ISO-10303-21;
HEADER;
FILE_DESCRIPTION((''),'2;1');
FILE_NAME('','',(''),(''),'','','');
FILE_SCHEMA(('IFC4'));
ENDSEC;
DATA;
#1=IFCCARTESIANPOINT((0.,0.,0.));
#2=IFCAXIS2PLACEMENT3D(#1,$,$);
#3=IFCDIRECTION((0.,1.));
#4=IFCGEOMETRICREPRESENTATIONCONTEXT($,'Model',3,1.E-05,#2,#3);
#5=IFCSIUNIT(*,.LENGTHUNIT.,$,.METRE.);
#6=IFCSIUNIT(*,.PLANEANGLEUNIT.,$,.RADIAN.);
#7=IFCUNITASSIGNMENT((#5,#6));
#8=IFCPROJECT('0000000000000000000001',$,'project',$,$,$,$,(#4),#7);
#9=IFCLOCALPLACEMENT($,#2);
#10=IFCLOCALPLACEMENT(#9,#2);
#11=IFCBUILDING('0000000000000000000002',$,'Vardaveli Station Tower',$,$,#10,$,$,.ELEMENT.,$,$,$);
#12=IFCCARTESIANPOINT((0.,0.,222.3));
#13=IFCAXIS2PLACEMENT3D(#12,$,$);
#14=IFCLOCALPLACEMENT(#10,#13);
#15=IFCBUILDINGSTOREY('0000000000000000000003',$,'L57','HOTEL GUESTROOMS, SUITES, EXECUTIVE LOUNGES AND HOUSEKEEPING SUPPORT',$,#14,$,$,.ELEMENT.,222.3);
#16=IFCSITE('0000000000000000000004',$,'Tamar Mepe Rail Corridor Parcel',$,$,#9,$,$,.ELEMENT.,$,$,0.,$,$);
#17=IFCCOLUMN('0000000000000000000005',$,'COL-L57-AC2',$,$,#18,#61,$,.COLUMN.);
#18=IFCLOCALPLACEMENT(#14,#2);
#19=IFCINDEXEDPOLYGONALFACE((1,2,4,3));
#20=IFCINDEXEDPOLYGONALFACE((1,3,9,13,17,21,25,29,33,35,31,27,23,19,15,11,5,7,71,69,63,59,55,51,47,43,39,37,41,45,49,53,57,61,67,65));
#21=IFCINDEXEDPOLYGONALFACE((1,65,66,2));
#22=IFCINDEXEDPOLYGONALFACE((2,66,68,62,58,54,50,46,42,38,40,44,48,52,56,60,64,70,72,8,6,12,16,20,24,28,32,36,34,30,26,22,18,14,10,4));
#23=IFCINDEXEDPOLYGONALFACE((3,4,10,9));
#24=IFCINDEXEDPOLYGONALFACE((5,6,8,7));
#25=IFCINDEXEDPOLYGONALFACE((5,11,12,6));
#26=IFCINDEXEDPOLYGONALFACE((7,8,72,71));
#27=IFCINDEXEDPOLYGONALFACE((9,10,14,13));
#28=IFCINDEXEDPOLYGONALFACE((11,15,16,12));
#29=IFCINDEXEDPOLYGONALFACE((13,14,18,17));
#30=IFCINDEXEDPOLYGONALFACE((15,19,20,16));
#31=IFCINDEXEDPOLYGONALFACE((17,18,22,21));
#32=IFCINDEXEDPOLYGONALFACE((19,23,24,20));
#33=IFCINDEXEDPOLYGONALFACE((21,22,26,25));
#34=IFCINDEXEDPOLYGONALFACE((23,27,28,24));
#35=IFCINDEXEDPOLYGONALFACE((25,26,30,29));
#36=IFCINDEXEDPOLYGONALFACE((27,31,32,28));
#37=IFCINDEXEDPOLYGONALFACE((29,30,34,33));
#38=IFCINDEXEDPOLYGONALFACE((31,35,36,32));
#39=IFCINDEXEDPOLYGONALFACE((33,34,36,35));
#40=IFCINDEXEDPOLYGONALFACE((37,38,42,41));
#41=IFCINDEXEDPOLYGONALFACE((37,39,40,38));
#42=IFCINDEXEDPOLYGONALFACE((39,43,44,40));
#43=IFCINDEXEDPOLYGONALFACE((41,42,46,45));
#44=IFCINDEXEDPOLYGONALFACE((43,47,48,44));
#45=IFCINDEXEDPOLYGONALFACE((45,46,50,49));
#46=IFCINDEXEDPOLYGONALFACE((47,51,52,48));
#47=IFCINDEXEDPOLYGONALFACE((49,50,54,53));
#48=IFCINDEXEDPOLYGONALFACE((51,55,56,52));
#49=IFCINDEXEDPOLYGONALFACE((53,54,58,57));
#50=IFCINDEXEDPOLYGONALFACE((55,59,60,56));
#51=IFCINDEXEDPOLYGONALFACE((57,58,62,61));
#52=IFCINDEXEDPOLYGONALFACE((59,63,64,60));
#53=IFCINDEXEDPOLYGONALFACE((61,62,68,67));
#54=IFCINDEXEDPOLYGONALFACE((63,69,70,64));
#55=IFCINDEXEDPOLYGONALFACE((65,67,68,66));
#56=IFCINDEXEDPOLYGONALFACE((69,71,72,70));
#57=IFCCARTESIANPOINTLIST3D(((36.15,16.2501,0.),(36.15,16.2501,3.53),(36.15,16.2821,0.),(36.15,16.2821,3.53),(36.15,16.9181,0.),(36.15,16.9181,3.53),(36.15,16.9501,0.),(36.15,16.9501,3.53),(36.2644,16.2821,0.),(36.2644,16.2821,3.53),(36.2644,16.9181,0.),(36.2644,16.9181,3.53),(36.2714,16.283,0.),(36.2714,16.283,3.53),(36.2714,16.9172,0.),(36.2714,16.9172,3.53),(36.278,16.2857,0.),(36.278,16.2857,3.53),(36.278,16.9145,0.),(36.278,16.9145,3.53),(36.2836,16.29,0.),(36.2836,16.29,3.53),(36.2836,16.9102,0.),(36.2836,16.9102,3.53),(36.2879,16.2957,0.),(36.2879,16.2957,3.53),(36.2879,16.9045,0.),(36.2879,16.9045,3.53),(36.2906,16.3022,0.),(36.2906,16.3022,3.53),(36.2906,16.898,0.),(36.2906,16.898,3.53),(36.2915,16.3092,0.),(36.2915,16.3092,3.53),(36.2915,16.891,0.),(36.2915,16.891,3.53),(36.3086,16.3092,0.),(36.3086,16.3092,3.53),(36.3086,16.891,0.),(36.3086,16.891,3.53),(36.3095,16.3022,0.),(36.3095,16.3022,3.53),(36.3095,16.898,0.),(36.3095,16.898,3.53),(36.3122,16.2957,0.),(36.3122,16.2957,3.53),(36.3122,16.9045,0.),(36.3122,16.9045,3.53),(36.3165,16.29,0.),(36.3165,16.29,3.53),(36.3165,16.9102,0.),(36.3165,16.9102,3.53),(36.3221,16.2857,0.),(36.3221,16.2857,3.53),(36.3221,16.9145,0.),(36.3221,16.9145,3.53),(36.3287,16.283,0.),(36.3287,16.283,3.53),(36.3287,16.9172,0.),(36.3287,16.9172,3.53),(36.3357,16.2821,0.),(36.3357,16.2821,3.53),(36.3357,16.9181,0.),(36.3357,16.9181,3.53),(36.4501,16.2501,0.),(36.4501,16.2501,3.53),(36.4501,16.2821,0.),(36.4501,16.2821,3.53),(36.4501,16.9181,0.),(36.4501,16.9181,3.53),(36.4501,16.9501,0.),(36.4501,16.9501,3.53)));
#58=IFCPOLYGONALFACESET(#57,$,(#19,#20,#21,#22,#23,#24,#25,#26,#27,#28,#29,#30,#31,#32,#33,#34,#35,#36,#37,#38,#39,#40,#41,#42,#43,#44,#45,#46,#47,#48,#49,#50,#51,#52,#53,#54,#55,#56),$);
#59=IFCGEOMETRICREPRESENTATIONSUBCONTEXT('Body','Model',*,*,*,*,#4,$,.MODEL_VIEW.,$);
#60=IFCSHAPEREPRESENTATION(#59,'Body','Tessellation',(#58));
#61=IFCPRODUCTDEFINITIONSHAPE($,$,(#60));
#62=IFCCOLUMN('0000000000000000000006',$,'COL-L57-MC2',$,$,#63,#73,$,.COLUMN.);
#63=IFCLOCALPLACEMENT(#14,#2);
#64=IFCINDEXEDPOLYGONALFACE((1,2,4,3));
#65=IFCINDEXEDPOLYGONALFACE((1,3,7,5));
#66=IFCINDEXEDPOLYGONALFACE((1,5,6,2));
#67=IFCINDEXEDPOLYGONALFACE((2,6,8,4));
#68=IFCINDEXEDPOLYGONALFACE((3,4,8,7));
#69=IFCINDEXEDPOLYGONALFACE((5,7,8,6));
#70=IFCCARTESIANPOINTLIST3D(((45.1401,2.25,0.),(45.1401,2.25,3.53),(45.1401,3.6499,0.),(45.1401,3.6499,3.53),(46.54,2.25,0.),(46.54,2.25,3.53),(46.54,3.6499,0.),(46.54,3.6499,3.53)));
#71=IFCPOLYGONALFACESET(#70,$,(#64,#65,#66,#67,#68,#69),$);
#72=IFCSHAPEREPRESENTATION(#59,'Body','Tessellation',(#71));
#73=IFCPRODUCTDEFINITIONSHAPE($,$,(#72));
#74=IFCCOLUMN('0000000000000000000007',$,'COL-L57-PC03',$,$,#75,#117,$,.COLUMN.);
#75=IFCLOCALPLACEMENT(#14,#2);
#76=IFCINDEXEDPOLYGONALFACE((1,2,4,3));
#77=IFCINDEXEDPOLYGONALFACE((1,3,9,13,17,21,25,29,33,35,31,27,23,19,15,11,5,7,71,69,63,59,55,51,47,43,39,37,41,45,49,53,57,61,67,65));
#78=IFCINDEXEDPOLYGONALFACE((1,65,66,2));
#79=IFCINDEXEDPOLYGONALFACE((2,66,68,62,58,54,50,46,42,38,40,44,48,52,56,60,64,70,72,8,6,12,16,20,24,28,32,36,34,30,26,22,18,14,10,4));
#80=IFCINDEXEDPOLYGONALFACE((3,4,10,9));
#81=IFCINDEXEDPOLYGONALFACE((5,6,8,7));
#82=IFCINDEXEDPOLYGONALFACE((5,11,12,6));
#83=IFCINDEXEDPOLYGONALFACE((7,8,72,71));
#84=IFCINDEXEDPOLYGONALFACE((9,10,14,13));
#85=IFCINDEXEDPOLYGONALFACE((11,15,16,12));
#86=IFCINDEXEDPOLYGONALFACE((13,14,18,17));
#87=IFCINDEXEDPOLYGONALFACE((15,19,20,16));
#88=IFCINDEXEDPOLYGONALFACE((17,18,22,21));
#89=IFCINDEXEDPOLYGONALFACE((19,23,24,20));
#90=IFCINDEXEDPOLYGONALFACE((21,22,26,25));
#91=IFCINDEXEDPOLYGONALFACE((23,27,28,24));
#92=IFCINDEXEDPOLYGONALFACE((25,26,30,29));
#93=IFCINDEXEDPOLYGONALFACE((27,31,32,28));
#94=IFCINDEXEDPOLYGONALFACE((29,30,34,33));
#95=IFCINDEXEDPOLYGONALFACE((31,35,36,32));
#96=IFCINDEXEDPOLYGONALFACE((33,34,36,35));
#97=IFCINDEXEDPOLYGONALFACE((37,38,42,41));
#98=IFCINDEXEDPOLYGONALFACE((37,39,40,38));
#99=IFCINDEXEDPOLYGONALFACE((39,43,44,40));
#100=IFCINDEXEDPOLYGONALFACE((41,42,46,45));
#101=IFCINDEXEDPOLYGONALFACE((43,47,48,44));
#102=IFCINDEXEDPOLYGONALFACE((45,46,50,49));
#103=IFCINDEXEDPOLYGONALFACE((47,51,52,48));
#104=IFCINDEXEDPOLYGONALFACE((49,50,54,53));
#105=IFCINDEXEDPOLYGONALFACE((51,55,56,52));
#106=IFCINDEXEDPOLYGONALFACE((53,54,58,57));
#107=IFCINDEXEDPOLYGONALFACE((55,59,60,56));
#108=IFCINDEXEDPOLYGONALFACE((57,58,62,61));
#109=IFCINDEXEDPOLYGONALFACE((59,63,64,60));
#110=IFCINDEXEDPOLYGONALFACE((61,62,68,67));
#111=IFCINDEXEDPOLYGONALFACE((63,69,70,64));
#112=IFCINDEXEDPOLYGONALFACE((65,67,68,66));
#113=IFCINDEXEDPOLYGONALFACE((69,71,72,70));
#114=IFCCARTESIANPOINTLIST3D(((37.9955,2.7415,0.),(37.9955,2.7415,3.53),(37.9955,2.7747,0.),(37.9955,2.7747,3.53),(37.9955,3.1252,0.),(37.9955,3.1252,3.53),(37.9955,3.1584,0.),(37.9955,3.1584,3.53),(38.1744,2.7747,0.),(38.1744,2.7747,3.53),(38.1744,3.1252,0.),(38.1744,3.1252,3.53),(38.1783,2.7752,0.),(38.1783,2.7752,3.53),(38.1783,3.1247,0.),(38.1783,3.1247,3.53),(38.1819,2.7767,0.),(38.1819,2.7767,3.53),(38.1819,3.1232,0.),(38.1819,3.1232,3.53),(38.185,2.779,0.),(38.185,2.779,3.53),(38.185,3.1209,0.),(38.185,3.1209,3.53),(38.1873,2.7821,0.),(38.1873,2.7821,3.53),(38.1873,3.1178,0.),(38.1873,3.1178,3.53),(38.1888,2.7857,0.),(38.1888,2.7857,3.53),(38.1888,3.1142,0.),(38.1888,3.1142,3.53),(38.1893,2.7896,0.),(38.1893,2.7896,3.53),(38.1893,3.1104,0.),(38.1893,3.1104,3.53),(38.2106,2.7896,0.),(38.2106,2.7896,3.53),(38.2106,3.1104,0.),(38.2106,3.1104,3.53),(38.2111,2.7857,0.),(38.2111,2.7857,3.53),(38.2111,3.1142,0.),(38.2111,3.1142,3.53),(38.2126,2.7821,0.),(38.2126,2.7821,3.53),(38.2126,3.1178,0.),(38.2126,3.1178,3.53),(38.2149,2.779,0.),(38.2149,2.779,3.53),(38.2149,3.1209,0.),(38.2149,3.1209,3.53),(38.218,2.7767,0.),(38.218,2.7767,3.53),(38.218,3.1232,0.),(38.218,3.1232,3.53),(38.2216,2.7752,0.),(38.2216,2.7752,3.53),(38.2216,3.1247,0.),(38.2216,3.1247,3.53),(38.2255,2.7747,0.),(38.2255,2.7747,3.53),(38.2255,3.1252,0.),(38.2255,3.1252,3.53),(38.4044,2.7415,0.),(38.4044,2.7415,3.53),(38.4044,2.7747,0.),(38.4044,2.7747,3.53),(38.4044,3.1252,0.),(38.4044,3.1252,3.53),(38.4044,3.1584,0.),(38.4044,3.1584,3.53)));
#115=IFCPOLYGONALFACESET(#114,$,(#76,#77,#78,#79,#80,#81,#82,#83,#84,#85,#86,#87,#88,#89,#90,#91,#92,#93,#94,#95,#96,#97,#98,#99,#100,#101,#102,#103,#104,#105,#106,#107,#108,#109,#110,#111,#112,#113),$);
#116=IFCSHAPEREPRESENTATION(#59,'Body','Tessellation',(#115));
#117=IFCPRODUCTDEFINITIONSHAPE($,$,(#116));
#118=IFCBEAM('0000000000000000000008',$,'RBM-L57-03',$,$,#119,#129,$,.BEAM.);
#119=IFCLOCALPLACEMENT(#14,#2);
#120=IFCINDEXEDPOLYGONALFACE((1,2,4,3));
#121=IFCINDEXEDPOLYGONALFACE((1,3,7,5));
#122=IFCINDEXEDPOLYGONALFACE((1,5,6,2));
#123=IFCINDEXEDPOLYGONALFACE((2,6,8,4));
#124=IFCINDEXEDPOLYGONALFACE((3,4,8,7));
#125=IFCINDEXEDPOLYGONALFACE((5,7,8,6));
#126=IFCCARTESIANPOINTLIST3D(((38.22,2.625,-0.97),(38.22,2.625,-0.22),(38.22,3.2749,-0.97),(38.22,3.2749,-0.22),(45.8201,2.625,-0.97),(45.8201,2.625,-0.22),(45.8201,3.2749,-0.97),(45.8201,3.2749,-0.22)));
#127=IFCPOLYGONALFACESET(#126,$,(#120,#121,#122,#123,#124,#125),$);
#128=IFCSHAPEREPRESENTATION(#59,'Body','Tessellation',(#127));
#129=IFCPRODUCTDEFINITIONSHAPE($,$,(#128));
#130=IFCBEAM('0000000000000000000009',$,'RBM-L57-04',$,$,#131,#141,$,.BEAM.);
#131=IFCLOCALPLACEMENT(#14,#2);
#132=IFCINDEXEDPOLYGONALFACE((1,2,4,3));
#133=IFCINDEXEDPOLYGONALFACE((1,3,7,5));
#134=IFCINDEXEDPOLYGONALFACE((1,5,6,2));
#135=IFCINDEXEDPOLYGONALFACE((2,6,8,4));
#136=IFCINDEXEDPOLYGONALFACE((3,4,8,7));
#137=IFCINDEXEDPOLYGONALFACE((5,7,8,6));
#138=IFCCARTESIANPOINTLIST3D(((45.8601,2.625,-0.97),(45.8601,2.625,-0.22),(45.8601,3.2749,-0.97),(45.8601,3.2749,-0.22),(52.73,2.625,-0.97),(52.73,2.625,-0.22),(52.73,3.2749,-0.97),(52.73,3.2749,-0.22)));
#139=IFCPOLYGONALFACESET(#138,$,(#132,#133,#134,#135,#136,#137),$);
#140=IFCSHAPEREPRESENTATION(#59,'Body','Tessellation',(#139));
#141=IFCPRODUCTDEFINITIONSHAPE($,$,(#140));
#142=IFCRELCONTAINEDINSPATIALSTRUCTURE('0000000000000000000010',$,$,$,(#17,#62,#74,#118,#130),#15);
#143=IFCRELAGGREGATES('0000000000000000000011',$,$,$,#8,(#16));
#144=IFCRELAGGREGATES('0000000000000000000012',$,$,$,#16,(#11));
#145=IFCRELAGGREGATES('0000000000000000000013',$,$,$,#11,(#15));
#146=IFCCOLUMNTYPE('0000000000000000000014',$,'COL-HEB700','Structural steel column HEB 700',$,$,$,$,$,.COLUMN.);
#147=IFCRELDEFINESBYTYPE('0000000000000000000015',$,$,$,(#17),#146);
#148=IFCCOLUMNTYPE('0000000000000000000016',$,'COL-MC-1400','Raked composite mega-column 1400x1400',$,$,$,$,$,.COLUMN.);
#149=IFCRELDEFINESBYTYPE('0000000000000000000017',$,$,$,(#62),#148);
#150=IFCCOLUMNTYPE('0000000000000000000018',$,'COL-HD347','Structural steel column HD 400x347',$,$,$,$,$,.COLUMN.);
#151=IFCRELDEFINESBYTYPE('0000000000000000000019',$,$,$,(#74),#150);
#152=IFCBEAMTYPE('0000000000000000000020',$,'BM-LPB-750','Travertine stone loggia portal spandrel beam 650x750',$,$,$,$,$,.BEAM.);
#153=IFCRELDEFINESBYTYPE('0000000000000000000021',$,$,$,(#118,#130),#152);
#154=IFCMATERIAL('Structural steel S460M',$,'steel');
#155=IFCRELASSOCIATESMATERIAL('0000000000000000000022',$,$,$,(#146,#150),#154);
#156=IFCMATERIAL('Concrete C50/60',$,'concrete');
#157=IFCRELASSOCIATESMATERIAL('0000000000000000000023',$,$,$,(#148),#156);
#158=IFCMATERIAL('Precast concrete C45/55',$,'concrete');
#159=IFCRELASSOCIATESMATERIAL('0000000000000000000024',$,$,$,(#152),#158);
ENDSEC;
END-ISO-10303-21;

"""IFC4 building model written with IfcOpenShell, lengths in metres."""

from ifc_helpers import new_model, si_unit, direction, frame, origin, origin_2d, place, context, subcontext, project, spatial, rectangle, i_section, extrude, source, transform, mapped, material, material_profile, profile_set, type_object, element, save


model = new_model("IFC4")

# Units and contexts
model_context = context("Model", 3, precision=1e-05, world=origin(), true_north=direction((0.0, 1.0)))
body_context = subcontext(model_context, "Body", "Model", "MODEL_VIEW")
ifc_project = project(units=[si_unit("LENGTHUNIT", "METRE"), si_unit("PLANEANGLEUNIT", "RADIAN")], contexts=[model_context])

# Site, building, storey
site_placement = place(None, origin())
site = spatial("IfcSite", under=ifc_project, at=site_placement, Name="Tamar Mepe Rail Corridor Parcel", CompositionType="ELEMENT", RefElevation=0.0)
building_placement = place(site_placement, origin())
building = spatial("IfcBuilding", under=site, at=building_placement, Name="Vardaveli Station Tower", CompositionType="ELEMENT")
storey_placement = place(building_placement, frame((0.0, 0.0, 222.3)))
storey = spatial("IfcBuildingStorey", under=building, at=storey_placement, Name="L57", Description="HOTEL GUESTROOMS, SUITES, EXECUTIVE LOUNGES AND HOUSEKEEPING SUPPORT", CompositionType="ELEMENT", Elevation=222.3)

# Columns
ifc_material_1 = material(Name="Structural steel S460M", Category="steel")
ifc_material_profile_1 = material_profile(ifc_material_1, i_section(OverallWidth=0.3, OverallDepth=0.7, WebThickness=0.0171, FlangeThickness=0.032, FilletRadius=0.0271, at=origin_2d()), Name="HEB 700")
ifc_profile_set_1 = profile_set([ifc_material_profile_1], Name="Structural steel S460M")
column_type_1 = type_object("IfcColumnType", Name="COL-HEB700", Description="Structural steel column HEB 700", PredefinedType="COLUMN", material=ifc_profile_set_1)
shared_shape_1 = source(origin(), body_context, "Body", "SweptSolid", [
    extrude(i_section(OverallWidth=0.3, OverallDepth=0.7, WebThickness=0.0171, FlangeThickness=0.032, FilletRadius=0.0271, at=origin_2d()), origin(), (0.0, 0.0, 1.0), 3.53),
])
column_1_placement = place(storey_placement, frame((36.3, 16.6001, 0.0), z_axis=(0.0, 0.0, 1.0), x_axis=(1.0, 0.0, 0.0)))
element("IfcColumn", 1, at=column_1_placement, inside=storey, type_object=column_type_1, Name="COL-L57-AC2", PredefinedType="COLUMN", context=body_context, shape_type="MappedRepresentation", body=[
    mapped(shared_shape_1, transform((0.0, 0.0, 0.0), scale=1.0)),
])
ifc_material_2 = material(Name="Concrete C50/60", Category="concrete")
ifc_material_profile_2 = material_profile(ifc_material_2, rectangle(XDim=1.3999, YDim=1.3999, at=origin_2d()), Name="MC 1400x1400")
ifc_profile_set_2 = profile_set([ifc_material_profile_2], Name="Concrete C50/60")
column_type_2 = type_object("IfcColumnType", Name="COL-MC-1400", Description="Raked composite mega-column 1400x1400", PredefinedType="COLUMN", material=ifc_profile_set_2)
shared_shape_2 = source(origin(), body_context, "Body", "SweptSolid", [
    extrude(rectangle(XDim=1.3999, YDim=1.3999, at=origin_2d()), origin(), (0.0, 0.0, 1.0), 3.53),
])
column_2_placement = place(storey_placement, frame((45.8401, 2.95, 0.0), z_axis=(0.0, 0.0, 1.0), x_axis=(1.0, 0.0, 0.0)))
element("IfcColumn", 2, at=column_2_placement, inside=storey, type_object=column_type_2, Name="COL-L57-MC2", PredefinedType="COLUMN", context=body_context, shape_type="MappedRepresentation", body=[
    mapped(shared_shape_2, transform((0.0, 0.0, 0.0), scale=1.0)),
])
ifc_material_profile_3 = material_profile(ifc_material_1, i_section(OverallWidth=0.4089, OverallDepth=0.417, WebThickness=0.0212, FlangeThickness=0.0332, FilletRadius=0.0149, at=origin_2d()), Name="HD 400x347")
ifc_profile_set_3 = profile_set([ifc_material_profile_3], Name="Structural steel S460M")
column_type_3 = type_object("IfcColumnType", Name="COL-HD347", Description="Structural steel column HD 400x347", PredefinedType="COLUMN", material=ifc_profile_set_3)
shared_shape_3 = source(origin(), body_context, "Body", "SweptSolid", [
    extrude(i_section(OverallWidth=0.4089, OverallDepth=0.417, WebThickness=0.0212, FlangeThickness=0.0332, FilletRadius=0.0149, at=origin_2d()), origin(), (0.0, 0.0, 1.0), 3.53),
])
column_3_placement = place(storey_placement, frame((38.2, 2.95, 0.0), z_axis=(0.0, 0.0, 1.0), x_axis=(1.0, 0.0, 0.0)))
element("IfcColumn", 3, at=column_3_placement, inside=storey, type_object=column_type_3, Name="COL-L57-PC03", PredefinedType="COLUMN", context=body_context, shape_type="MappedRepresentation", body=[
    mapped(shared_shape_3, transform((0.0, 0.0, 0.0), scale=1.0)),
])

# Beams
ifc_material_3 = material(Name="Precast concrete C45/55", Category="concrete")
ifc_material_profile_4 = material_profile(ifc_material_3, rectangle(XDim=0.6499, YDim=0.75, at=origin_2d()), Name="LPB 650x750")
ifc_profile_set_4 = profile_set([ifc_material_profile_4], Name="Precast concrete C45/55")
beam_type_1 = type_object("IfcBeamType", Name="BM-LPB-750", Description="Travertine stone loggia portal spandrel beam 650x750", PredefinedType="BEAM", material=ifc_profile_set_4)
shared_shape_4 = source(origin(), body_context, "Body", "SweptSolid", [
    extrude(rectangle(XDim=0.6499, YDim=0.75, at=origin_2d()), origin(), (0.0, 0.0, 1.0), 7.6001),
])
beam_1_placement = place(storey_placement, frame((38.22, 2.95, -0.595), z_axis=(1.0, 0.0, 0.0), x_axis=(0.0, 1.0, 0.0)))
element("IfcBeam", 4, at=beam_1_placement, inside=storey, type_object=beam_type_1, Name="RBM-L57-03", PredefinedType="BEAM", context=body_context, shape_type="MappedRepresentation", body=[
    mapped(shared_shape_4, transform((0.0, 0.0, 0.0), scale=1.0)),
])
shared_shape_5 = source(origin(), body_context, "Body", "SweptSolid", [
    extrude(rectangle(XDim=0.6499, YDim=0.75, at=origin_2d()), origin(), (0.0, 0.0, 1.0), 6.8699),
])
beam_2_placement = place(storey_placement, frame((45.8601, 2.95, -0.595), z_axis=(1.0, 0.0, 0.0), x_axis=(0.0, 1.0, 0.0)))
element("IfcBeam", 5, at=beam_2_placement, inside=storey, type_object=beam_type_1, Name="RBM-L57-04", PredefinedType="BEAM", context=body_context, shape_type="MappedRepresentation", body=[
    mapped(shared_shape_5, transform((0.0, 0.0, 0.0), scale=1.0)),
])

save(model, "model.ifc")
